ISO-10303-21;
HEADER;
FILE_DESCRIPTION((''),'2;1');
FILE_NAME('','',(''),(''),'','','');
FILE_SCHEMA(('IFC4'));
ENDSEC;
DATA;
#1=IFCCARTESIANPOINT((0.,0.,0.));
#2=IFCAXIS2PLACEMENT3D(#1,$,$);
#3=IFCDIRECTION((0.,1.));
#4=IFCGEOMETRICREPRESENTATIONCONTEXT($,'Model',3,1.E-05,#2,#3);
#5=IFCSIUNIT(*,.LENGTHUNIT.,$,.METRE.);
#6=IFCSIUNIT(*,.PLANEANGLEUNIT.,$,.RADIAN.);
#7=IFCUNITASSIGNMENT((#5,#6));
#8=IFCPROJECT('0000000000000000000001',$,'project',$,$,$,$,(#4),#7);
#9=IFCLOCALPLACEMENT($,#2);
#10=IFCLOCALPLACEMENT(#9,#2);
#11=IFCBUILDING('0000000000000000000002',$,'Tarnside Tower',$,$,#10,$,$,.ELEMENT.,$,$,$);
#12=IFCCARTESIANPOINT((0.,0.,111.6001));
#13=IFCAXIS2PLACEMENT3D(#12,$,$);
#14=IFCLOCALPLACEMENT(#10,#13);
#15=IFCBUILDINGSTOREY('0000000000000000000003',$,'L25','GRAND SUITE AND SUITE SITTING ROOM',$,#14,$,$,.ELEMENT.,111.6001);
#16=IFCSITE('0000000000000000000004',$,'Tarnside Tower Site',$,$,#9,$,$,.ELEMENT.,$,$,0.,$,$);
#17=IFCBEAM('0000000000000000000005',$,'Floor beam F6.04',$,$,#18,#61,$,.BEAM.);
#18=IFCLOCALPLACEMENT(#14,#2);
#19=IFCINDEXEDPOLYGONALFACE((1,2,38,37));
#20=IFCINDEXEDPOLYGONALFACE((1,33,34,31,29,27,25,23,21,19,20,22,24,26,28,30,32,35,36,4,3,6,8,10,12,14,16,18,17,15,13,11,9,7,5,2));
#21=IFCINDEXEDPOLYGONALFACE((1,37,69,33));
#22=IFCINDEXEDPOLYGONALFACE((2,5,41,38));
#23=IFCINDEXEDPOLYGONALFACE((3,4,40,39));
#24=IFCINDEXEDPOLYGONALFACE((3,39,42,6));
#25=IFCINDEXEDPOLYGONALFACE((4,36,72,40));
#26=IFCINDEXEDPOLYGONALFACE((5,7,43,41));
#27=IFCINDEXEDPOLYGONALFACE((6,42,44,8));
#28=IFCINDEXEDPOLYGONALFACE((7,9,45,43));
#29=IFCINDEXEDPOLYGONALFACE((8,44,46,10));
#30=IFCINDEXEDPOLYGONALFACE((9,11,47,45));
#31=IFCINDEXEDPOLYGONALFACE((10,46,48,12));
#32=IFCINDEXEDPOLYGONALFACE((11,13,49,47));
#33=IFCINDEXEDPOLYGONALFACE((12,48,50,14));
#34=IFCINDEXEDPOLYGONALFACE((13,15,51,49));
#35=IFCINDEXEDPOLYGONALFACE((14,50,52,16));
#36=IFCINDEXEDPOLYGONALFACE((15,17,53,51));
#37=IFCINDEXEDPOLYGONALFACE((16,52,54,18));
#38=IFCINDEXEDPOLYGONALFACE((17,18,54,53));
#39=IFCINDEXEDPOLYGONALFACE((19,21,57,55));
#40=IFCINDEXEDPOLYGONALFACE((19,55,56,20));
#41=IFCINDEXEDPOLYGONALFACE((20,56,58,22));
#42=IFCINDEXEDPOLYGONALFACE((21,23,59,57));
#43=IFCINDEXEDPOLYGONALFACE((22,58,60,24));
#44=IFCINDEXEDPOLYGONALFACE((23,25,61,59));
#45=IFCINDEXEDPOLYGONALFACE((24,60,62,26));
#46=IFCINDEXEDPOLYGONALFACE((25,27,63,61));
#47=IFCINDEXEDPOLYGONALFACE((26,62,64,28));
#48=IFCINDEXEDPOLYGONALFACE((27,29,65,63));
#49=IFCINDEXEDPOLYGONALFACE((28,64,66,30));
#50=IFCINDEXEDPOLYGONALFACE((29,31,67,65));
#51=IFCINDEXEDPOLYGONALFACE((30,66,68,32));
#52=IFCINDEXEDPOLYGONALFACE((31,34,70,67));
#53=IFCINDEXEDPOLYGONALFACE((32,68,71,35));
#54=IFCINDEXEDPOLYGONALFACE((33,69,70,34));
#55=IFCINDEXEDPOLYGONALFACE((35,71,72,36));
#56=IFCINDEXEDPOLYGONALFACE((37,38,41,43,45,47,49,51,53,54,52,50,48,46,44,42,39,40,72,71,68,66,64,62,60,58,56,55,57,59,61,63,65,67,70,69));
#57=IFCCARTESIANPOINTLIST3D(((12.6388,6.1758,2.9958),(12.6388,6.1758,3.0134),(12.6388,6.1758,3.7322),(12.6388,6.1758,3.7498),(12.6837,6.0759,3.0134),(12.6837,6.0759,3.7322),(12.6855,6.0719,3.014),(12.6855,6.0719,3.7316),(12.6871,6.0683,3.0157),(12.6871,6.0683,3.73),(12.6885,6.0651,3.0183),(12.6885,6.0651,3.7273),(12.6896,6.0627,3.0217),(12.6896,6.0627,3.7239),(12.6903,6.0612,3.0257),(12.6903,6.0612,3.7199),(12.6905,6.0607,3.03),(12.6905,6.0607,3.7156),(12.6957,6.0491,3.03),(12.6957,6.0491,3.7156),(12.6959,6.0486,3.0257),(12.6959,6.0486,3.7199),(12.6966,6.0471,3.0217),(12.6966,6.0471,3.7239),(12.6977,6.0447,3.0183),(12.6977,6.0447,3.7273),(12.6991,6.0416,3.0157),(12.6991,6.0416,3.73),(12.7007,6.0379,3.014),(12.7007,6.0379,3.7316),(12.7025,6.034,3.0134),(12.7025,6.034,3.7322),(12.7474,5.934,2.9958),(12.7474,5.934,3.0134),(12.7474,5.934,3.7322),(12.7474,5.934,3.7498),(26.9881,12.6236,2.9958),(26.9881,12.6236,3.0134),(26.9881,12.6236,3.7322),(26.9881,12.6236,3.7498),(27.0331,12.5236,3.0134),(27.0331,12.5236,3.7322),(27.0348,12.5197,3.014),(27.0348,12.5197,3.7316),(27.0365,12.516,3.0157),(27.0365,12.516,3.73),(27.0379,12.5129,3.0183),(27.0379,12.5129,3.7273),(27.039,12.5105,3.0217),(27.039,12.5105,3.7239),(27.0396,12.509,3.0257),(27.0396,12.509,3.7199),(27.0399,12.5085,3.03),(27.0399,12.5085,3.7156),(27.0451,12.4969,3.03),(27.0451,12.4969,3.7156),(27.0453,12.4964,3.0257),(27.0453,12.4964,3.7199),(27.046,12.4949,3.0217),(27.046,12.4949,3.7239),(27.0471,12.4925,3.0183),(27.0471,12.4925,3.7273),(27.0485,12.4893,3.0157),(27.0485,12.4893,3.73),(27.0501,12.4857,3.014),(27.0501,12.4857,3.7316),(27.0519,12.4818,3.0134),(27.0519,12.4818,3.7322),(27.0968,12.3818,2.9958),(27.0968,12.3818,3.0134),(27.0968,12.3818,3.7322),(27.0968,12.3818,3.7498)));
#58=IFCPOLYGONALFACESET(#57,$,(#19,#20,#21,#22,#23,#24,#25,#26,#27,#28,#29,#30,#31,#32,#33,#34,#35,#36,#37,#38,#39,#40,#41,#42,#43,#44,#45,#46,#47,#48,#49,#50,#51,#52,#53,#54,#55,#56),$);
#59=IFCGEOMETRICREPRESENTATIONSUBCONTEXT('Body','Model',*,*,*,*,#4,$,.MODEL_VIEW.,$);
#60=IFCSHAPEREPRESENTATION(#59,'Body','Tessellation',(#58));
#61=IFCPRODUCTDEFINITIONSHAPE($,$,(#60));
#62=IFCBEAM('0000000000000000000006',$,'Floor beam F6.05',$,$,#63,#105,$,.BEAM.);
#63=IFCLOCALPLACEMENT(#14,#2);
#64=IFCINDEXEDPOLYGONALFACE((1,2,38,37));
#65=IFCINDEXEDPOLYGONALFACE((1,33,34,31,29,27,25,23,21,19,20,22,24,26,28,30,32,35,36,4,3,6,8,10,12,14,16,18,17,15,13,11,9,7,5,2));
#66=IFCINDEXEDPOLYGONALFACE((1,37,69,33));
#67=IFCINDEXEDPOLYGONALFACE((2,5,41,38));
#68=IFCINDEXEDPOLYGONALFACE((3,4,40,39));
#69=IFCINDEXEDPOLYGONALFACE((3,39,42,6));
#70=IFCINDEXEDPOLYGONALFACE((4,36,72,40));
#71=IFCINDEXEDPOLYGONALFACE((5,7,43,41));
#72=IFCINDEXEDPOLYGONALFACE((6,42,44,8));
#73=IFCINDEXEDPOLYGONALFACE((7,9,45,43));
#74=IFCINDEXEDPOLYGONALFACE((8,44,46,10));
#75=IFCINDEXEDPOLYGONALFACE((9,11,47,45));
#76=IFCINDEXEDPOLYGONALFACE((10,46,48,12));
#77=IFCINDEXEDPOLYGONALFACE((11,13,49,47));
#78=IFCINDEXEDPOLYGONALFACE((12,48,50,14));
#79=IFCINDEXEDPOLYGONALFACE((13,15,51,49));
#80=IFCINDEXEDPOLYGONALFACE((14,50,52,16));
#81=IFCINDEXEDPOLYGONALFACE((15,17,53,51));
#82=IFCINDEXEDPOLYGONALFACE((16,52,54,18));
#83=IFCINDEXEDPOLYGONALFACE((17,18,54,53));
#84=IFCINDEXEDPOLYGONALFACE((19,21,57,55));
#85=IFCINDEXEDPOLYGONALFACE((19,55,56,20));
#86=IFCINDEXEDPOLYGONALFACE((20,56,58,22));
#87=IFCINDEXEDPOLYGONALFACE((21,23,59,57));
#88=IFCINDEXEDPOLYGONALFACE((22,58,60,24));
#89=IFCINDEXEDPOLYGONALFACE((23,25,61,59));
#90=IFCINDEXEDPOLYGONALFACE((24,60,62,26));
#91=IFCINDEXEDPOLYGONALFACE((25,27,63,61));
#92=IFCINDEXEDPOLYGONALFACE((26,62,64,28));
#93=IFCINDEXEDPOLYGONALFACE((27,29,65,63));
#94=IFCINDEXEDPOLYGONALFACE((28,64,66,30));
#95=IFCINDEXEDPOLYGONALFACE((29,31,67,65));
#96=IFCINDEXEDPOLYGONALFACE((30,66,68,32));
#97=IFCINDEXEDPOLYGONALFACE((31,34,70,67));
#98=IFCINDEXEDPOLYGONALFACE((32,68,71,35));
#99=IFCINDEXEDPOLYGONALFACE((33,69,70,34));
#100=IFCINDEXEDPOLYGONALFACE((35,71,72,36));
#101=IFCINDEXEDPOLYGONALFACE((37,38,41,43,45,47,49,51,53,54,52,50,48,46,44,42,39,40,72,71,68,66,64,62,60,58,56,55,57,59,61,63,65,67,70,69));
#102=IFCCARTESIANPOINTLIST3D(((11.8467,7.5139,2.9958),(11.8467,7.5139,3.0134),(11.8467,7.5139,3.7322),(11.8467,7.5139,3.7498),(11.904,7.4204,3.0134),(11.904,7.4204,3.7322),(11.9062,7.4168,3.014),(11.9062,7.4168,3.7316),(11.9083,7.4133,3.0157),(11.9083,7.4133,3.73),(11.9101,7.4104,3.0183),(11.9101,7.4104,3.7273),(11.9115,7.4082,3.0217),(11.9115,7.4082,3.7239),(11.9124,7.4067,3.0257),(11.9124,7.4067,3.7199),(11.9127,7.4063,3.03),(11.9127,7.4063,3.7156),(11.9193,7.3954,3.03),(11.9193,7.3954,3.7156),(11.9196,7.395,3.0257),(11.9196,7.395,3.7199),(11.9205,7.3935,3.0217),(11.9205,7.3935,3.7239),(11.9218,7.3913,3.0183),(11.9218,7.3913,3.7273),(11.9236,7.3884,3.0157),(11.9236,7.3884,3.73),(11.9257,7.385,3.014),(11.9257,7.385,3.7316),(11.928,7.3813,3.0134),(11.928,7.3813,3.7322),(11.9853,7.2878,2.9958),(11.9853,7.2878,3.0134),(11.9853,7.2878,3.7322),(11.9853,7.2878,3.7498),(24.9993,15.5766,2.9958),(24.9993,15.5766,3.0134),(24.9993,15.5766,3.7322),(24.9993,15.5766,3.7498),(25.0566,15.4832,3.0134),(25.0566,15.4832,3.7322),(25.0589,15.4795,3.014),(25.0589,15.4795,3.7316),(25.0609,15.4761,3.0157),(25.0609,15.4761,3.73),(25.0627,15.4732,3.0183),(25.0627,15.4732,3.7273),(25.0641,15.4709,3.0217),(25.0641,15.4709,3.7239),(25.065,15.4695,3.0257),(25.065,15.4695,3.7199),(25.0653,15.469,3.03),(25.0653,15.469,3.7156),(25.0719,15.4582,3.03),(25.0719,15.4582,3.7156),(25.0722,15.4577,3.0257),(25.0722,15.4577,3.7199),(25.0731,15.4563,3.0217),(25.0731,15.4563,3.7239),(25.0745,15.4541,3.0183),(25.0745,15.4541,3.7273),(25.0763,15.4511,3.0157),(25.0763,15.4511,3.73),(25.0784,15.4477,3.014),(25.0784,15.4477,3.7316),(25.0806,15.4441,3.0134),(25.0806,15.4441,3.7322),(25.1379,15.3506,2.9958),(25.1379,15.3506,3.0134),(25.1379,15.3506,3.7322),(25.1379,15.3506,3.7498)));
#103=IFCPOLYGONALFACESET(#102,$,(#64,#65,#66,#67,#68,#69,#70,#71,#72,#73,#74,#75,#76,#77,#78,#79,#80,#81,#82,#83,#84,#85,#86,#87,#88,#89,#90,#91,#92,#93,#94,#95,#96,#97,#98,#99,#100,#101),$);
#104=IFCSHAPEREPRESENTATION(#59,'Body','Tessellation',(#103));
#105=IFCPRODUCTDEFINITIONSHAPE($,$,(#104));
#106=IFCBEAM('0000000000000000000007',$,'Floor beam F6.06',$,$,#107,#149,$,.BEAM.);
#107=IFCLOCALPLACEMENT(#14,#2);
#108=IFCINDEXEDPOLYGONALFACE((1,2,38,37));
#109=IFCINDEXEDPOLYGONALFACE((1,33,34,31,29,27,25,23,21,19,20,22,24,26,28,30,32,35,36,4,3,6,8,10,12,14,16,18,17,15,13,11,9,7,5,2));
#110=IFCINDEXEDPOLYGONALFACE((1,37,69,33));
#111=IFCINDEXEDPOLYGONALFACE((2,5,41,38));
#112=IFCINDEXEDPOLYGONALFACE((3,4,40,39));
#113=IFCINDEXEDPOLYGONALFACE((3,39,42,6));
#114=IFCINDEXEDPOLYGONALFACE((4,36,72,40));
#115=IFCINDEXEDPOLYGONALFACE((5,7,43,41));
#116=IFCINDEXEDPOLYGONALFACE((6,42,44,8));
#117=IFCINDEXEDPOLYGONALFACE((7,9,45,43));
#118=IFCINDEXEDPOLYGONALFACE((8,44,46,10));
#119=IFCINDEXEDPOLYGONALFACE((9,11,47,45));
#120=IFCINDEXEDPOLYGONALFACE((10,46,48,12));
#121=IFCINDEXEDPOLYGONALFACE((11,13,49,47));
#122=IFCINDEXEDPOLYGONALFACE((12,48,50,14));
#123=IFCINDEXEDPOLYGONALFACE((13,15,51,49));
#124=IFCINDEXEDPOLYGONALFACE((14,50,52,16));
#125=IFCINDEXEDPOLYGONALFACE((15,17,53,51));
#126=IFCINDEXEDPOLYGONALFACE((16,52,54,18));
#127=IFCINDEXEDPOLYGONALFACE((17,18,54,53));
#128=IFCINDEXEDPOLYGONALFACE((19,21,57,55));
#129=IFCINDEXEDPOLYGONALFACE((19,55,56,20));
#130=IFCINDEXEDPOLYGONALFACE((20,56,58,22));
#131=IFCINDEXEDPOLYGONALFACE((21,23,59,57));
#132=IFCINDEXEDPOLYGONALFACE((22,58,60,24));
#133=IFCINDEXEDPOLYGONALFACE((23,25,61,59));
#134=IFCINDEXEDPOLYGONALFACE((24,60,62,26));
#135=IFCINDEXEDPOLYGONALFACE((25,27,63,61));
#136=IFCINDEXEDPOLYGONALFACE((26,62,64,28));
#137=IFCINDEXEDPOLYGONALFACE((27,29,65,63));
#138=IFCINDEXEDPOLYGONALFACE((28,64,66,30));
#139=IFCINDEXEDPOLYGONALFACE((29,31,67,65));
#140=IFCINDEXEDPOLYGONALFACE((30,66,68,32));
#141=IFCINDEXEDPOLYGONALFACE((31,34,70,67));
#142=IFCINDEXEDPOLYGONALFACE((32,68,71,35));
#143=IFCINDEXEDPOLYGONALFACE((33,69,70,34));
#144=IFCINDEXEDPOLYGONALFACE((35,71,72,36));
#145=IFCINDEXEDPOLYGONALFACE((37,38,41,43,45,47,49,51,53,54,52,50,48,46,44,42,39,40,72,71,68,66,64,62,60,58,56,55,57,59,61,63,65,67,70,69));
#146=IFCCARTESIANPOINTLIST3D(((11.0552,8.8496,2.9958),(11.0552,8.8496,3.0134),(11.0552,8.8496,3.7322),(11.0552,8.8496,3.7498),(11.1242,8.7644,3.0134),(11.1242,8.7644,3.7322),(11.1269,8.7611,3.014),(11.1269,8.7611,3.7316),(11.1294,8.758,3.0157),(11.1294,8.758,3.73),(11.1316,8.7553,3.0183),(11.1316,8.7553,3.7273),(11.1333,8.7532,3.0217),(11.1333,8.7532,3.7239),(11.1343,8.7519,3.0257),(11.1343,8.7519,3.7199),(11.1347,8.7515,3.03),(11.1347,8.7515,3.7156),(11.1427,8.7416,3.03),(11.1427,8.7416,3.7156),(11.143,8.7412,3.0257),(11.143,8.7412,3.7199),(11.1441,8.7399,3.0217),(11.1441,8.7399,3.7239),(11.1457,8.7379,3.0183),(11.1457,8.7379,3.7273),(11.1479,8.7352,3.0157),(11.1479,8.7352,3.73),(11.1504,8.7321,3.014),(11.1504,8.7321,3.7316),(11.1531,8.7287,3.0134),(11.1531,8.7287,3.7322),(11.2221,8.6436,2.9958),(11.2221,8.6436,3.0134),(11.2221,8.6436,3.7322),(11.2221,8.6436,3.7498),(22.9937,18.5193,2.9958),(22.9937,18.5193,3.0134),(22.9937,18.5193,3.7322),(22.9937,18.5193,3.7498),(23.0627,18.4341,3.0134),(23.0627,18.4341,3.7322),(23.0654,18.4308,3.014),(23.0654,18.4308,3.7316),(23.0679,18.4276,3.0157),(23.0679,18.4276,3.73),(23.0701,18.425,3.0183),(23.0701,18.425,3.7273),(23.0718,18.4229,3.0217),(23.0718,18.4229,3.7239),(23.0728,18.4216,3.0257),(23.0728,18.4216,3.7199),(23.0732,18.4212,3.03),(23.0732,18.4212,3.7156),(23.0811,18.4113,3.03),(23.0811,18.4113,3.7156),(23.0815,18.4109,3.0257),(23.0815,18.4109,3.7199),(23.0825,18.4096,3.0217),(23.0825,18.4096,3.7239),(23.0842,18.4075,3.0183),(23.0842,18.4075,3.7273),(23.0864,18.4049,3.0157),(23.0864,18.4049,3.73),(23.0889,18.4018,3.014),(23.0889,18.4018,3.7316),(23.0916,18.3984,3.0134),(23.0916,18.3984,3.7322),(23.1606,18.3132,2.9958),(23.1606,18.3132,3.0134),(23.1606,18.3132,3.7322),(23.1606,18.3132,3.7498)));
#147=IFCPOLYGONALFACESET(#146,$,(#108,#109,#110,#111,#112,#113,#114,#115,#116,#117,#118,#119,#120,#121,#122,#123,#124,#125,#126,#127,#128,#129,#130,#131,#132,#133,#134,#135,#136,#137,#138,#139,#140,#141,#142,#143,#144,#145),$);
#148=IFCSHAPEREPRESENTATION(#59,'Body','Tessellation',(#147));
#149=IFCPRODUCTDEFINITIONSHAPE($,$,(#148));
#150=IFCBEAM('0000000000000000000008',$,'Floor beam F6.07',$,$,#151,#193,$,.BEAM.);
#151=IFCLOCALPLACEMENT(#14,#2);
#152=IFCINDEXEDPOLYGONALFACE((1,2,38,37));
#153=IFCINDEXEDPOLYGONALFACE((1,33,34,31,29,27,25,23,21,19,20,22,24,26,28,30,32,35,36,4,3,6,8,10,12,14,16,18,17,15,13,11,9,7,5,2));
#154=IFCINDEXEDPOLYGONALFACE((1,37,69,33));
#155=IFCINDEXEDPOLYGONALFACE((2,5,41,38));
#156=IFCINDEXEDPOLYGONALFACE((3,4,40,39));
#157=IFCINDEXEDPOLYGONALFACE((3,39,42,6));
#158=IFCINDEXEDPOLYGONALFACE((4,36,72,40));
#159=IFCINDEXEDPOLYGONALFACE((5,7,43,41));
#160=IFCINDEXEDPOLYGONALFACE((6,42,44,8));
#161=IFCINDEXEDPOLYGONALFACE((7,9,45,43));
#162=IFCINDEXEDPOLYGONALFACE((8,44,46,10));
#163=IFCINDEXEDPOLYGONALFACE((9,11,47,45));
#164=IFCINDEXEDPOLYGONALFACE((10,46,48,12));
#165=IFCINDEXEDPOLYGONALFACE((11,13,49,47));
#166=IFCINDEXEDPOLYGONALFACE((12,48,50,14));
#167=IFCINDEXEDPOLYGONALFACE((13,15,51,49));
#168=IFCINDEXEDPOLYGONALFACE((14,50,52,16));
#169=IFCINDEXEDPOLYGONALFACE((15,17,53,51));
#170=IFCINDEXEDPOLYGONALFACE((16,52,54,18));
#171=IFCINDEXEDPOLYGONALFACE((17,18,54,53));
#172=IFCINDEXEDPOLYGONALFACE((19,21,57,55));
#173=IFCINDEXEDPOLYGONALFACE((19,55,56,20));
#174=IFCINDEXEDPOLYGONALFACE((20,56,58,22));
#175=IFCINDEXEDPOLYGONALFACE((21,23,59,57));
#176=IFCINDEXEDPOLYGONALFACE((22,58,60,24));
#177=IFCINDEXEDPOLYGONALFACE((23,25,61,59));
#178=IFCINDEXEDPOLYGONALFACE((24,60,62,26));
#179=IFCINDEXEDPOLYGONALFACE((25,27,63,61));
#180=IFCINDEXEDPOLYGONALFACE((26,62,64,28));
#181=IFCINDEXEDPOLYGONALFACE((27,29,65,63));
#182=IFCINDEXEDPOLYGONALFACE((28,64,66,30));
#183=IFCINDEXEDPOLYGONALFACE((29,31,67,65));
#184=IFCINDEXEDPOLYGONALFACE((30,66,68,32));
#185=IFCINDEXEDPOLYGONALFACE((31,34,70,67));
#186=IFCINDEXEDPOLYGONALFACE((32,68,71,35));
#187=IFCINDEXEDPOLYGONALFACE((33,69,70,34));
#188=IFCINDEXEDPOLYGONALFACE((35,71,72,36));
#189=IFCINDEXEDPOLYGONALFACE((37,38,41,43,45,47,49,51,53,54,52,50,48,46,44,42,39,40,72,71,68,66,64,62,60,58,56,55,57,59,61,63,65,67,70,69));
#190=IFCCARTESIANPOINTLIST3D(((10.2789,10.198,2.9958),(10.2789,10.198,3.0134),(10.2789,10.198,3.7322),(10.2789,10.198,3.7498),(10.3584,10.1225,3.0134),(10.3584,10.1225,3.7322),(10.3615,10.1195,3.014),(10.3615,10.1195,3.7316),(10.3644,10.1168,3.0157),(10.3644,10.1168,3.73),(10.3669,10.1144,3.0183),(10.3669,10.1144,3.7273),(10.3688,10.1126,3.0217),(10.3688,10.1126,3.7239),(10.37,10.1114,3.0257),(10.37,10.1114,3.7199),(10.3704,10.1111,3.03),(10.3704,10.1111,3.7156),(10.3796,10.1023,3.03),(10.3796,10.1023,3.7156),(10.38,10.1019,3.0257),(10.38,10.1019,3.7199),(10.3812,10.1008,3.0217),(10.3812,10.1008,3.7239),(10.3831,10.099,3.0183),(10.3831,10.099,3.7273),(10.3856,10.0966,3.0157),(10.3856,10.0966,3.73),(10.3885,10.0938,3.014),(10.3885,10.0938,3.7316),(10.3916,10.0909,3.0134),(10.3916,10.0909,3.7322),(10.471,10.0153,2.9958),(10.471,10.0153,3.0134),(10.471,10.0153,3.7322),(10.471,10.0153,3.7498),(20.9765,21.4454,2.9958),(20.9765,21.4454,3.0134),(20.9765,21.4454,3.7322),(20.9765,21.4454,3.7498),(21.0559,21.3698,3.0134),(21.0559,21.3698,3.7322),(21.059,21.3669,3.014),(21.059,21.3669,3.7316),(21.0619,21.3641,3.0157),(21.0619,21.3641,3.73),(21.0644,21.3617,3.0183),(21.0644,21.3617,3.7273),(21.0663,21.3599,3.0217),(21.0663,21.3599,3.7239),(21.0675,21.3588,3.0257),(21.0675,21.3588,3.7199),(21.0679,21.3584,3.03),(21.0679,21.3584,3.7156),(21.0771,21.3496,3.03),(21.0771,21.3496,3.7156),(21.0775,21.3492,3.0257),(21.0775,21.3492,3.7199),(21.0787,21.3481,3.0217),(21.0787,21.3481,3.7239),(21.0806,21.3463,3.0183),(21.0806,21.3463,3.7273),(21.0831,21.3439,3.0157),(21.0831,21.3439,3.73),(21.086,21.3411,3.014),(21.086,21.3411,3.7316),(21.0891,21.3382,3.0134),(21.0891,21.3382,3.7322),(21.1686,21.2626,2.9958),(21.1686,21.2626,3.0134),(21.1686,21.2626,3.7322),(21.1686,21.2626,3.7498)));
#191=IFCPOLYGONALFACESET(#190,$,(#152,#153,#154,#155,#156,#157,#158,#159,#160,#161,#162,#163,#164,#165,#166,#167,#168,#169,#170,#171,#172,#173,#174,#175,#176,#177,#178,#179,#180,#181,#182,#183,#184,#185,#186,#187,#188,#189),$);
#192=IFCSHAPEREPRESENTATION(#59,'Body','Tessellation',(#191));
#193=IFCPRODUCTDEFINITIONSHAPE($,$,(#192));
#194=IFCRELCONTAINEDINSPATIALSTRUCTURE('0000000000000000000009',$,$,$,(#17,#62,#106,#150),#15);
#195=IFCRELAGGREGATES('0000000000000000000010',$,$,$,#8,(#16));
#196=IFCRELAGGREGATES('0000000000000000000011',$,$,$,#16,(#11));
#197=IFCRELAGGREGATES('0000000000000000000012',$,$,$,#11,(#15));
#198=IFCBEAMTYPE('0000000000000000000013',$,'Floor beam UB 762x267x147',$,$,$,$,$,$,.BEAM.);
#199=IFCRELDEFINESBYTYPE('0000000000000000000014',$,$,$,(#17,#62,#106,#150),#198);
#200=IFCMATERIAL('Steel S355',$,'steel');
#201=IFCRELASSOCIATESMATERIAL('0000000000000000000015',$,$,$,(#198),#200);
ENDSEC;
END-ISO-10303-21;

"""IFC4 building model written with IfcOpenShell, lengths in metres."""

from ifc_helpers import new_model, si_unit, direction, frame, origin, origin_2d, place, context, subcontext, project, spatial, i_section, extrude, material, material_profile, profile_set, type_object, element, save


model = new_model("IFC4")

# Units and contexts
model_context = context("Model", 3, precision=1e-05, world=origin(), true_north=direction((0.0, 1.0)))
body_context = subcontext(model_context, "Body", "Model", "MODEL_VIEW")
ifc_project = project(units=[si_unit("LENGTHUNIT", "METRE"), si_unit("PLANEANGLEUNIT", "RADIAN")], contexts=[model_context])

# Site, building, storey
site_placement = place(None, origin())
site = spatial("IfcSite", under=ifc_project, at=site_placement, Name="Tarnside Tower Site", CompositionType="ELEMENT", RefElevation=0.0)
building_placement = place(site_placement, origin())
building = spatial("IfcBuilding", under=site, at=building_placement, Name="Tarnside Tower", CompositionType="ELEMENT")
storey_placement = place(building_placement, frame((0.0, 0.0, 111.6001)))
storey = spatial("IfcBuildingStorey", under=building, at=storey_placement, Name="L25", Description="GRAND SUITE AND SUITE SITTING ROOM", CompositionType="ELEMENT", Elevation=111.6001)

# Beams
ifc_material_1 = material(Name="Steel S355", Category="steel")
ifc_material_profile_1 = material_profile(ifc_material_1, i_section(OverallWidth=0.2651, OverallDepth=0.7539, WebThickness=0.0127, FlangeThickness=0.0176, FilletRadius=0.0166, at=origin_2d()), Name="UB 762x267x147")
ifc_profile_set_1 = profile_set([ifc_material_profile_1], Name="Steel S355")
beam_type_1 = type_object("IfcBeamType", Name="Floor beam UB 762x267x147", PredefinedType="BEAM", material=ifc_profile_set_1)
beam_1_placement = place(storey_placement, frame((27.0425, 12.5027, 3.3728), z_axis=(-0.912146, -0.409865, 0.0), x_axis=(0.409865, -0.912146, 0.0)))
element("IfcBeam", 1, at=beam_1_placement, inside=storey, type_object=beam_type_1, Name="Floor beam F6.04", PredefinedType="BEAM", context=body_context, shape_type="SweptSolid", body=[
    extrude(i_section(OverallWidth=0.2651, OverallDepth=0.7539, WebThickness=0.0127, FlangeThickness=0.0176, FilletRadius=0.0166, at=origin_2d()), origin(), (0.0, 0.0, 1.0), 15.7314),
])
beam_2_placement = place(storey_placement, frame((25.0686, 15.4636, 3.3728), z_axis=(-0.852558, -0.522632, 0.0), x_axis=(0.522632, -0.852558, 0.0)))
element("IfcBeam", 2, at=beam_2_placement, inside=storey, type_object=beam_type_1, Name="Floor beam F6.05", PredefinedType="BEAM", context=body_context, shape_type="SweptSolid", body=[
    extrude(i_section(OverallWidth=0.2651, OverallDepth=0.7539, WebThickness=0.0127, FlangeThickness=0.0176, FilletRadius=0.0166, at=origin_2d()), origin(), (0.0, 0.0, 1.0), 15.4272),
])
beam_3_placement = place(storey_placement, frame((23.0771, 18.4163, 3.3728), z_axis=(-0.777079, -0.629403, 0.0), x_axis=(0.629403, -0.777079, 0.0)))
element("IfcBeam", 3, at=beam_3_placement, inside=storey, type_object=beam_type_1, Name="Floor beam F6.06", PredefinedType="BEAM", context=body_context, shape_type="SweptSolid", body=[
    extrude(i_section(OverallWidth=0.2651, OverallDepth=0.7539, WebThickness=0.0127, FlangeThickness=0.0176, FilletRadius=0.0166, at=origin_2d()), origin(), (0.0, 0.0, 1.0), 15.3633),
])
beam_4_placement = place(storey_placement, frame((21.0725, 21.354, 3.3728), z_axis=(-0.689175, -0.724595, 0.0), x_axis=(0.724595, -0.689175, 0.0)))
element("IfcBeam", 4, at=beam_4_placement, inside=storey, type_object=beam_type_1, Name="Floor beam F6.07", PredefinedType="BEAM", context=body_context, shape_type="SweptSolid", body=[
    extrude(i_section(OverallWidth=0.2651, OverallDepth=0.7539, WebThickness=0.0127, FlangeThickness=0.0176, FilletRadius=0.0166, at=origin_2d()), origin(), (0.0, 0.0, 1.0), 15.5222),
])

save(model, "model.ifc")
